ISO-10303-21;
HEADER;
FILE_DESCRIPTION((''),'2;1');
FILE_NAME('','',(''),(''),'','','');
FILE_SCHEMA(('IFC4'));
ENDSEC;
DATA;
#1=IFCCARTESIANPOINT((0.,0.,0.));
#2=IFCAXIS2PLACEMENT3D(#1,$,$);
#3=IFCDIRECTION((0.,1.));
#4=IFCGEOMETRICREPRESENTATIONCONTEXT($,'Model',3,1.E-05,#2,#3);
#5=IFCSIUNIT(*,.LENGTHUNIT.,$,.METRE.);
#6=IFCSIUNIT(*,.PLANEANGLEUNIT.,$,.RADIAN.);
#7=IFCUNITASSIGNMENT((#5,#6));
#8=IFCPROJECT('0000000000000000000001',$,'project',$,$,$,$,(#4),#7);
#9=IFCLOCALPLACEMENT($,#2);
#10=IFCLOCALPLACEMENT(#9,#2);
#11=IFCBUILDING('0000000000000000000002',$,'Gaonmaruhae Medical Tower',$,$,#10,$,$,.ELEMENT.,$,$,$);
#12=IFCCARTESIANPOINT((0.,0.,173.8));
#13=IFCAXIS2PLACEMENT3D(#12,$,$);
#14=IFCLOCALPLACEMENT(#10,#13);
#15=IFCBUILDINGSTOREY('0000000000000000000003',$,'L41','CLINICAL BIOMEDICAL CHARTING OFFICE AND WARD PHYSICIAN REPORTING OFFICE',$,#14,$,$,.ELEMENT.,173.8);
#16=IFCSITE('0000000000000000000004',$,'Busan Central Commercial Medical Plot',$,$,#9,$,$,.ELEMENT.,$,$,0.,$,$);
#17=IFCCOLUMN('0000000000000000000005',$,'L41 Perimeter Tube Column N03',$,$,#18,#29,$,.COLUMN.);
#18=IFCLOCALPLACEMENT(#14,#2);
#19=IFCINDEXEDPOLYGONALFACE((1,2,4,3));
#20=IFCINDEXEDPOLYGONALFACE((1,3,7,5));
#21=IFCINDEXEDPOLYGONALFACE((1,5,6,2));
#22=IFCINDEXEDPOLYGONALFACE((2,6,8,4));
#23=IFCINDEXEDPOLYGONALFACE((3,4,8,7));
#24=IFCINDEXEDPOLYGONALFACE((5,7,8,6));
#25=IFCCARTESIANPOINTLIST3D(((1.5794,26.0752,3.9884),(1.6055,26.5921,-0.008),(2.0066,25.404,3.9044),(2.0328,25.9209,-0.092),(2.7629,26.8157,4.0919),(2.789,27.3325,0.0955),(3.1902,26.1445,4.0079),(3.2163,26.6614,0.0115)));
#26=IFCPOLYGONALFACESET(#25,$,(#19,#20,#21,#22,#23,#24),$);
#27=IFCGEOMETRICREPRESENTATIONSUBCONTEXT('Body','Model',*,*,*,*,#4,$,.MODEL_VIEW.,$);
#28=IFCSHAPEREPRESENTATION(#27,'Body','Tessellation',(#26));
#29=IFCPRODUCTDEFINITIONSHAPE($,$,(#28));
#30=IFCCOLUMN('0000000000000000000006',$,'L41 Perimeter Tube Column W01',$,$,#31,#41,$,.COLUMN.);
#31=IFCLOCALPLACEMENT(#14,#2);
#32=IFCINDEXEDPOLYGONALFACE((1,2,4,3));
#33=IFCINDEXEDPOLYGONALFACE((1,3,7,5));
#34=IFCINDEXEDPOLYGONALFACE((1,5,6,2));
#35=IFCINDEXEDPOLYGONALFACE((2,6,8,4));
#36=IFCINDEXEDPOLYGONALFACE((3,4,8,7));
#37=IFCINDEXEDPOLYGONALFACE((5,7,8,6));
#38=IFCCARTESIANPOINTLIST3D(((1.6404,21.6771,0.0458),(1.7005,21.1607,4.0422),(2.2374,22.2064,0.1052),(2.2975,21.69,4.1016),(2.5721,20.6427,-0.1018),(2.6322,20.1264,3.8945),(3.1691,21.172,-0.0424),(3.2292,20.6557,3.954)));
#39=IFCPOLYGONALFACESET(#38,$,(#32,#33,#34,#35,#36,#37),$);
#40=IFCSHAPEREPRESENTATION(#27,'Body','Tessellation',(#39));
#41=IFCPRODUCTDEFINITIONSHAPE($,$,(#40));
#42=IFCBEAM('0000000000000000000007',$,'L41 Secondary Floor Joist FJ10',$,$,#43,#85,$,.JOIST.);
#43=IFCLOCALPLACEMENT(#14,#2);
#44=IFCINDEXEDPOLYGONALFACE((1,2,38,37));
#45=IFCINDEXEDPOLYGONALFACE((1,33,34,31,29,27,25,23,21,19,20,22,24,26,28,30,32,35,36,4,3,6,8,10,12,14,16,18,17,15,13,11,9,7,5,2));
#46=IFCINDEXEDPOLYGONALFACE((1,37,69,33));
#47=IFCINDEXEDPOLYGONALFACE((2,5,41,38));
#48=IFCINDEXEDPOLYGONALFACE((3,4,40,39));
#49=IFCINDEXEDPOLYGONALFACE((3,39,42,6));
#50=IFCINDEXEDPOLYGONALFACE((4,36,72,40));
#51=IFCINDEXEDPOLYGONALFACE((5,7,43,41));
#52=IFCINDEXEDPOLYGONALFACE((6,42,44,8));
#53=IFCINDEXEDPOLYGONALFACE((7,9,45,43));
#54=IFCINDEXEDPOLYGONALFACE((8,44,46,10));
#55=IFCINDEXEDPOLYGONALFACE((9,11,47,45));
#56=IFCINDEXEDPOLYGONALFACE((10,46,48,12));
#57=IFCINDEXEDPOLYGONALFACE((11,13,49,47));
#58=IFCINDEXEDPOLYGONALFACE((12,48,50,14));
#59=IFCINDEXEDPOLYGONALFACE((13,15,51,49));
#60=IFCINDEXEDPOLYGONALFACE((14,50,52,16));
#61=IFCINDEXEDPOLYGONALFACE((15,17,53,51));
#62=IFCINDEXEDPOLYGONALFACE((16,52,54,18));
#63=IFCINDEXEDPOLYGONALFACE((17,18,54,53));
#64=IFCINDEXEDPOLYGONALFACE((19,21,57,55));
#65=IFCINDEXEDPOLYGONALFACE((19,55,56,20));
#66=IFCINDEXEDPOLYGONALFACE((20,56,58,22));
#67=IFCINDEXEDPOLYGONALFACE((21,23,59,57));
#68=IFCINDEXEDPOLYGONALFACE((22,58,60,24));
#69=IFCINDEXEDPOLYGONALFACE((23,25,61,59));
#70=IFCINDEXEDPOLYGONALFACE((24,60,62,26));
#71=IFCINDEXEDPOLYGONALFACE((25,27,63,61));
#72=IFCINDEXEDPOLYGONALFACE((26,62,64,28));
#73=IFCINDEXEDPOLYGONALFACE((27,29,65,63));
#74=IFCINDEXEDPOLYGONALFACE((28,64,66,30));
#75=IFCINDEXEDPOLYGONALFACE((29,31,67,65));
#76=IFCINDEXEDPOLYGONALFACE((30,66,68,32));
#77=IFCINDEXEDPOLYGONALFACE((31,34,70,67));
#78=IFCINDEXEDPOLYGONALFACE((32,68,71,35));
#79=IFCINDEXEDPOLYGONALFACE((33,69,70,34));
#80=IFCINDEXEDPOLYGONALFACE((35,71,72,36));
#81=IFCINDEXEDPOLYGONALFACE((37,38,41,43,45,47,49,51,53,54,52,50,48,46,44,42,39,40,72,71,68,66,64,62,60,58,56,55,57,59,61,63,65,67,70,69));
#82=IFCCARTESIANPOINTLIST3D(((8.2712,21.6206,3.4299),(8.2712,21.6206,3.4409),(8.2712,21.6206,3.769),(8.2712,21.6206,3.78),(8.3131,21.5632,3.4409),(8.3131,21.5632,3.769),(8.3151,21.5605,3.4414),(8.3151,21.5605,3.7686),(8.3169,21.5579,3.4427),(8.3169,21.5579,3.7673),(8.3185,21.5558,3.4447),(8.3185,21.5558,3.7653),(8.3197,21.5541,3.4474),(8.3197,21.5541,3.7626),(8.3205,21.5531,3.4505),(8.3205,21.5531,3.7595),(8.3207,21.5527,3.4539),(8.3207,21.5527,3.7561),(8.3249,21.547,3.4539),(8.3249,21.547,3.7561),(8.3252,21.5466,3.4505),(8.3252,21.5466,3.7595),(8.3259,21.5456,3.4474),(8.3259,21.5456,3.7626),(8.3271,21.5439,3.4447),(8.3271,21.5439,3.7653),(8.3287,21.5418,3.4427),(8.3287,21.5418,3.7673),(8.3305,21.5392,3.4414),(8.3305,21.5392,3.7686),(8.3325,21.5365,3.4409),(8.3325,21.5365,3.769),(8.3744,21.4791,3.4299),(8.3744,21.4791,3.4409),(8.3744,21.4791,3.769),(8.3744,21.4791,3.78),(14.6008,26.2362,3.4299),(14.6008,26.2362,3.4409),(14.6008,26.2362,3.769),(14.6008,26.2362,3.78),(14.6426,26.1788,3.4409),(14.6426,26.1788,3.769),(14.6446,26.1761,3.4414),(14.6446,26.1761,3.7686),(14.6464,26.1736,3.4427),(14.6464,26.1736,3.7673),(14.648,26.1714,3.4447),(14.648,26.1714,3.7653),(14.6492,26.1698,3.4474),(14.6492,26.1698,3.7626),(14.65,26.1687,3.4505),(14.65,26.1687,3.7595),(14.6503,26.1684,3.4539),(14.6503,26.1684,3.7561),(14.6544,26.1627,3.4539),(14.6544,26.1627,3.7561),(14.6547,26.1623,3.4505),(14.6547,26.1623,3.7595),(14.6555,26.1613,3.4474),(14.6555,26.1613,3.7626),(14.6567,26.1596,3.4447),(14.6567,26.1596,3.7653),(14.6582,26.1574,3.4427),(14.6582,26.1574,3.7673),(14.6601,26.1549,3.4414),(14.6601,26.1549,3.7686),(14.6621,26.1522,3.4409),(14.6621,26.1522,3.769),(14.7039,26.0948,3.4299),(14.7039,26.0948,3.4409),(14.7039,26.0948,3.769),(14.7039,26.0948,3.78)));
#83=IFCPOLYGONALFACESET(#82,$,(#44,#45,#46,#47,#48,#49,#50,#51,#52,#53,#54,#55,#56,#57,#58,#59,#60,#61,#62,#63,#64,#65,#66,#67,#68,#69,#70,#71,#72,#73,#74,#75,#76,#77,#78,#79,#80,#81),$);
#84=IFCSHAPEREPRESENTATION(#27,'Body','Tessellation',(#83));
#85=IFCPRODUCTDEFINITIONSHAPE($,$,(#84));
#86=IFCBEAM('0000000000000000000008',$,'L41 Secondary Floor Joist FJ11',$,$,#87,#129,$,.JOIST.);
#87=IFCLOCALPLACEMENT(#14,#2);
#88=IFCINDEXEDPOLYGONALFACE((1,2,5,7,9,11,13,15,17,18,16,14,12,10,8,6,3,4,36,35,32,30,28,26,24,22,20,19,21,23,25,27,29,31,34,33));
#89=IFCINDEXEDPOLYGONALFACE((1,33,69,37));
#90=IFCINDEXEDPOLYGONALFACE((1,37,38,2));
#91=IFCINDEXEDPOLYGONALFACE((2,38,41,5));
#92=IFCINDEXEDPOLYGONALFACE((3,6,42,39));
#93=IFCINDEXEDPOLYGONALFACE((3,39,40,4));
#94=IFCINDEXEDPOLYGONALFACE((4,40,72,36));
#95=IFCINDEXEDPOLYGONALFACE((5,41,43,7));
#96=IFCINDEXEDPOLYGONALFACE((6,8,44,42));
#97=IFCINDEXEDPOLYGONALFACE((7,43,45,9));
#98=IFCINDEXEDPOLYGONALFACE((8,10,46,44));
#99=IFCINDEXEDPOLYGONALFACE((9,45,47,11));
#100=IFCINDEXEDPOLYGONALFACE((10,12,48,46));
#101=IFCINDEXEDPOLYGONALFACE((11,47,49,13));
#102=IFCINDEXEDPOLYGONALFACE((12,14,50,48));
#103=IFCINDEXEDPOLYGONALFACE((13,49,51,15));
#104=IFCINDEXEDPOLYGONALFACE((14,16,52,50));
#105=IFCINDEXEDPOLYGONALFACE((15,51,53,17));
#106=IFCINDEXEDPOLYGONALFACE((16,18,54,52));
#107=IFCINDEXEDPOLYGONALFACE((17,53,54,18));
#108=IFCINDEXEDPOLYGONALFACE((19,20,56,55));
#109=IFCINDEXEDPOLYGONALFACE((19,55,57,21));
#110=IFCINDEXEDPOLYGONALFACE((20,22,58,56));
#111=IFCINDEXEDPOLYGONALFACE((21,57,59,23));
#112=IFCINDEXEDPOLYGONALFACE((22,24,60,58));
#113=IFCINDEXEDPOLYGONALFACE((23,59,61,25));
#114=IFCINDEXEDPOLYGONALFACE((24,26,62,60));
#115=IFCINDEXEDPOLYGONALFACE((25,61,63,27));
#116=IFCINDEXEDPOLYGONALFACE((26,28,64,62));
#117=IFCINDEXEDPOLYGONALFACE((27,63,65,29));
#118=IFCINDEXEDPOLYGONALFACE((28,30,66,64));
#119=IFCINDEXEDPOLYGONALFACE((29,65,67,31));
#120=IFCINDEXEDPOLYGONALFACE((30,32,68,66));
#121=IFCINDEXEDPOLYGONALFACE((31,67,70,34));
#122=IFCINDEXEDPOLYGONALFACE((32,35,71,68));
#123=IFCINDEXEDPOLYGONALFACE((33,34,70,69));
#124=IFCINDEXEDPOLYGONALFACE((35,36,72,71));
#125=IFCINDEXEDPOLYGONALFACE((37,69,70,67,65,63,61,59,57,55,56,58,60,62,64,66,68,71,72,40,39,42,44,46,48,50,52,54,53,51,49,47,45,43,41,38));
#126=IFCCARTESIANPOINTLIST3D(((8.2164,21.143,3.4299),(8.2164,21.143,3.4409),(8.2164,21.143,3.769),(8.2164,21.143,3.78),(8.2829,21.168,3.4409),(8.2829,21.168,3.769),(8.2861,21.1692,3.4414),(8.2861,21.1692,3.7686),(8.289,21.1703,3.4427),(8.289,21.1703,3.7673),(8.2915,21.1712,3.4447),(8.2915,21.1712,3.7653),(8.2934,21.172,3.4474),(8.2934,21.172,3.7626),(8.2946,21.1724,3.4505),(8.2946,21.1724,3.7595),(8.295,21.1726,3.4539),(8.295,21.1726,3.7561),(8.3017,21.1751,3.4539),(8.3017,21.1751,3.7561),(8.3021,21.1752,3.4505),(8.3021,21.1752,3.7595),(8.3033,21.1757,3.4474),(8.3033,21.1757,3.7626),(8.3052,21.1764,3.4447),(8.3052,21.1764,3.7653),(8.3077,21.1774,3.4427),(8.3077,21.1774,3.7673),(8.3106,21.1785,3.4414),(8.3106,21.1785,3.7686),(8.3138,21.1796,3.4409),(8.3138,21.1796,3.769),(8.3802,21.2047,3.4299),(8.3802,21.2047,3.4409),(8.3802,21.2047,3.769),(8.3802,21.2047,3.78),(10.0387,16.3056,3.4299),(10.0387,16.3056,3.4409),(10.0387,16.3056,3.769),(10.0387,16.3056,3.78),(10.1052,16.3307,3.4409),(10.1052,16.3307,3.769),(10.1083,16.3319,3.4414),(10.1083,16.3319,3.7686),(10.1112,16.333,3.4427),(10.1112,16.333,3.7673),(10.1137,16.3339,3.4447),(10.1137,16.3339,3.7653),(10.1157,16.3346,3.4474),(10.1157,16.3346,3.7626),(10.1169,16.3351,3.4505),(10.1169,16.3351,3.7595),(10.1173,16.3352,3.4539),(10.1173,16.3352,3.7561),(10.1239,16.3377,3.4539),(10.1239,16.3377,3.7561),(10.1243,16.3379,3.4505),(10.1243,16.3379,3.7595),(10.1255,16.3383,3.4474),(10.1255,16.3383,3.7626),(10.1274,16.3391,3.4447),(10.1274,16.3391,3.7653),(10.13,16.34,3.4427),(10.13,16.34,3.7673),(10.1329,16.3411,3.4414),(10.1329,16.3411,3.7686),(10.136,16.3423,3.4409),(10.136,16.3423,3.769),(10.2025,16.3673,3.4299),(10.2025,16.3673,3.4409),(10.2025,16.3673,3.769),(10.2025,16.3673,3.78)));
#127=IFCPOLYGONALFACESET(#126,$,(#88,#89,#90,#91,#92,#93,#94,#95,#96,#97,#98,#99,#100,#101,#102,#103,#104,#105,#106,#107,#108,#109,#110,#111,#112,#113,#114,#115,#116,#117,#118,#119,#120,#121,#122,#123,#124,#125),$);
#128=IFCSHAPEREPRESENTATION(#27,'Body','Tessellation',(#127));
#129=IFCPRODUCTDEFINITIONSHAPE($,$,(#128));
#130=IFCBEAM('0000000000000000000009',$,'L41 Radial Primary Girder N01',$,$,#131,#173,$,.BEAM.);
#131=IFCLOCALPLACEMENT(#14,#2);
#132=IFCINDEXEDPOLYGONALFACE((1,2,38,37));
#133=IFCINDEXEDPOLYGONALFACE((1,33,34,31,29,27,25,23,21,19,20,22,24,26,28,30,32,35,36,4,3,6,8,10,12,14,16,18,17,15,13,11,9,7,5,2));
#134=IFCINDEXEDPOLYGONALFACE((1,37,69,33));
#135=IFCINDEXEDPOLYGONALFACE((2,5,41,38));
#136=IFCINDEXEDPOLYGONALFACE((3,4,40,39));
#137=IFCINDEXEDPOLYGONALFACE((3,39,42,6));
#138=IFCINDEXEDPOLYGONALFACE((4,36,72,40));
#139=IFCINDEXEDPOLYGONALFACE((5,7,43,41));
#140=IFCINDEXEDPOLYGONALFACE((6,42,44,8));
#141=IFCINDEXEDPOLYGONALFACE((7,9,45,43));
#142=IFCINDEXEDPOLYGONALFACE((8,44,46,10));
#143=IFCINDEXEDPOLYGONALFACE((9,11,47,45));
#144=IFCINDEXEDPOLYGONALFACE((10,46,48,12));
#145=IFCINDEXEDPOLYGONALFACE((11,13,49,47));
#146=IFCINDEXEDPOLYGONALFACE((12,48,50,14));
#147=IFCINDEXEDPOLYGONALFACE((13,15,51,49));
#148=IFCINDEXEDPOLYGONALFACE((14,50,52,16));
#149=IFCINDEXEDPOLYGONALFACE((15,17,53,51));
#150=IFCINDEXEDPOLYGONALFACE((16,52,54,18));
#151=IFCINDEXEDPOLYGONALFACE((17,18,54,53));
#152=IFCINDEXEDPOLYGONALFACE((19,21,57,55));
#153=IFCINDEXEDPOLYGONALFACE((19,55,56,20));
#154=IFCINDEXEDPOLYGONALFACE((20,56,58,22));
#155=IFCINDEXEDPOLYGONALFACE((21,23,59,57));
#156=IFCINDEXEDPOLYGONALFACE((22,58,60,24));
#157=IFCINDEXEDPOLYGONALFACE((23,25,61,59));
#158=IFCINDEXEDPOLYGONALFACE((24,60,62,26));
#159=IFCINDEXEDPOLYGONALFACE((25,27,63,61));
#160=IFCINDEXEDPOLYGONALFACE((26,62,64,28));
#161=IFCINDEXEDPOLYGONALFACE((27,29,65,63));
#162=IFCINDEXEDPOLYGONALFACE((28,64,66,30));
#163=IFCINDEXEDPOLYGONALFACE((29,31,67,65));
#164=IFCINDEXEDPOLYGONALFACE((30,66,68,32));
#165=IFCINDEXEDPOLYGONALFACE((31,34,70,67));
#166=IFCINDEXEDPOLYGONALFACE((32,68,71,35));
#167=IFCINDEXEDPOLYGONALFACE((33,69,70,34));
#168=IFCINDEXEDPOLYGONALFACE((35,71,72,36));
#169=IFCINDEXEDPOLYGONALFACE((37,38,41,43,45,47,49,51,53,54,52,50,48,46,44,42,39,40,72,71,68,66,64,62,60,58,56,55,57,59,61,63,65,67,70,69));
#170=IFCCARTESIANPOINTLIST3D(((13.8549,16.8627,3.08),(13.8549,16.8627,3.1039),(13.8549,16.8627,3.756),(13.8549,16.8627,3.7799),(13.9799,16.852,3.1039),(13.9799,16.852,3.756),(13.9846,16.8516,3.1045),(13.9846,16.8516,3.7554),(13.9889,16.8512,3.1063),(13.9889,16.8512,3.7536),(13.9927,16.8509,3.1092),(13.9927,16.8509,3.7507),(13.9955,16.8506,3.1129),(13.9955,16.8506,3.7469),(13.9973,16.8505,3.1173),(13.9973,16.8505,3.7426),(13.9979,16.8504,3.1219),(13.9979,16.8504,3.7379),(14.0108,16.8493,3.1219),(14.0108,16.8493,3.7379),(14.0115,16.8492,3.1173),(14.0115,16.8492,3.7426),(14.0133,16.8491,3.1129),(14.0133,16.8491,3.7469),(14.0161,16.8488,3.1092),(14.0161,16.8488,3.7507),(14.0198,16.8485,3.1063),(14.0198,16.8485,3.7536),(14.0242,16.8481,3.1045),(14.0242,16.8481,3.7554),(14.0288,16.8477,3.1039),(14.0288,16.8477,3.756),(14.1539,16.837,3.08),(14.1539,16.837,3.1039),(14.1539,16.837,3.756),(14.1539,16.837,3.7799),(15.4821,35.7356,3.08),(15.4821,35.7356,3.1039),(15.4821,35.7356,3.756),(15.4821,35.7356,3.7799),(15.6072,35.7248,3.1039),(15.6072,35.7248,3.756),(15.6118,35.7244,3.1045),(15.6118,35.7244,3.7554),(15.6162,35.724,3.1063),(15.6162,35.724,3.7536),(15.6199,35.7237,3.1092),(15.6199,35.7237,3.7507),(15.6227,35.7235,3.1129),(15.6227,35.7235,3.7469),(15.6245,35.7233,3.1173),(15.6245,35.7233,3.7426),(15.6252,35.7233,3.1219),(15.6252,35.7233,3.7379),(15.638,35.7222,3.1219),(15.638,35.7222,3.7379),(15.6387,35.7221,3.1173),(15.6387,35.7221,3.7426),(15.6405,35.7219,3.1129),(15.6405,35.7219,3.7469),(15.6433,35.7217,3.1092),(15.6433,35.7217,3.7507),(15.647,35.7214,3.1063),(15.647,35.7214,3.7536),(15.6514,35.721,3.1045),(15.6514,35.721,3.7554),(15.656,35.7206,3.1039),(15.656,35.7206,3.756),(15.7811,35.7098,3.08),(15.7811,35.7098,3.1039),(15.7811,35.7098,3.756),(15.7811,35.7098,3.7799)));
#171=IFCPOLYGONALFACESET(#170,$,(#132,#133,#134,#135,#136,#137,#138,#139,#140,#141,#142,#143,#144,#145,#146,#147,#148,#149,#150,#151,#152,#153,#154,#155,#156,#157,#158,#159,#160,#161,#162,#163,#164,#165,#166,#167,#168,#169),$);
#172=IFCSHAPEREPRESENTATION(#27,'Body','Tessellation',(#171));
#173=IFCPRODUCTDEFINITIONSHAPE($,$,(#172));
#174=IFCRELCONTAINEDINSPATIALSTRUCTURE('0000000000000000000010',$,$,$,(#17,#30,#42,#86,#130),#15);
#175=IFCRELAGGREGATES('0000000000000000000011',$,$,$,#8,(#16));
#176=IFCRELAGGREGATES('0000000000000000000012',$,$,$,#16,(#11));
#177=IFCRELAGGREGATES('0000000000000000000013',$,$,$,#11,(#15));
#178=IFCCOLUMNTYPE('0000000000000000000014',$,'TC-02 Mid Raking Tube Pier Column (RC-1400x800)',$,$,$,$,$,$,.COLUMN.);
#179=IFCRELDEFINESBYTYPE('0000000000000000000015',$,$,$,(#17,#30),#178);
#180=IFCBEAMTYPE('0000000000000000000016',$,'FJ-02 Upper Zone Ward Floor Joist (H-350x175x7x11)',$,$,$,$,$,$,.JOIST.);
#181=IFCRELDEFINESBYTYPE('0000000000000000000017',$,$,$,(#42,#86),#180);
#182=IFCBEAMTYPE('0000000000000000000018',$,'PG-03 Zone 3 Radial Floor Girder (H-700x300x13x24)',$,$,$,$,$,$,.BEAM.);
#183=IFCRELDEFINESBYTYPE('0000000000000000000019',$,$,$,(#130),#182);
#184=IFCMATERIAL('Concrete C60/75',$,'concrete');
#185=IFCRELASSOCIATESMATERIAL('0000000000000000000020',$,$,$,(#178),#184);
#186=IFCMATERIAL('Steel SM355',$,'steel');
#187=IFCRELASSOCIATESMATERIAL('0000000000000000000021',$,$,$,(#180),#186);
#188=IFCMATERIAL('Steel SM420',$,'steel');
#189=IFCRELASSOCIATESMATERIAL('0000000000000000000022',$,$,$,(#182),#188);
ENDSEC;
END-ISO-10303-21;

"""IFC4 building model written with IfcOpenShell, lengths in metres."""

from ifc_helpers import new_model, si_unit, direction, frame, origin, origin_2d, place, context, subcontext, project, spatial, rectangle, i_section, extrude, material, material_profile, profile_set, type_object, element, save


model = new_model("IFC4")

# Units and contexts
model_context = context("Model", 3, precision=1e-05, world=origin(), true_north=direction((0.0, 1.0)))
body_context = subcontext(model_context, "Body", "Model", "MODEL_VIEW")
ifc_project = project(units=[si_unit("LENGTHUNIT", "METRE"), si_unit("PLANEANGLEUNIT", "RADIAN")], contexts=[model_context])

# Site, building, storey
site_placement = place(None, origin())
site = spatial("IfcSite", under=ifc_project, at=site_placement, Name="Busan Central Commercial Medical Plot", CompositionType="ELEMENT", RefElevation=0.0)
building_placement = place(site_placement, origin())
building = spatial("IfcBuilding", under=site, at=building_placement, Name="Gaonmaruhae Medical Tower", CompositionType="ELEMENT")
storey_placement = place(building_placement, frame((0.0, 0.0, 173.8)))
storey = spatial("IfcBuildingStorey", under=building, at=storey_placement, Name="L41", Description="CLINICAL BIOMEDICAL CHARTING OFFICE AND WARD PHYSICIAN REPORTING OFFICE", CompositionType="ELEMENT", Elevation=173.8)

# Columns
ifc_material_1 = material(Name="Concrete C60/75", Category="concrete")
ifc_material_profile_1 = material_profile(ifc_material_1, rectangle(XDim=1.3999, YDim=0.8, at=origin_2d()), Name="RC-1400x800")
ifc_profile_set_1 = profile_set([ifc_material_profile_1], Name="Concrete C60/75")
column_type = type_object("IfcColumnType", Name="TC-02 Mid Raking Tube Pier Column (RC-1400x800)", PredefinedType="COLUMN", material=ifc_profile_set_1)
column_1_placement = place(storey_placement, frame((2.4109, 26.6267, 0.0017), z_axis=(-0.006483, -0.128259, 0.99172), x_axis=(0.845426, 0.52895, 0.073935)))
element("IfcColumn", 1, at=column_1_placement, inside=storey, type_object=column_type, Name="L41 Perimeter Tube Column N03", PredefinedType="COLUMN", context=body_context, shape_type="SweptSolid", body=[
    extrude(rectangle(XDim=1.3999, YDim=0.8, at=origin_2d()), origin(), (0.0, 0.0, 1.0), 4.0298),
])
column_2_placement = place(storey_placement, frame((2.4048, 21.4246, 0.0017), z_axis=(0.014903, -0.128128, 0.991646), x_axis=(-0.66554, 0.738873, 0.10547)))
element("IfcColumn", 2, at=column_2_placement, inside=storey, type_object=column_type, Name="L41 Perimeter Tube Column W01", PredefinedType="COLUMN", context=body_context, shape_type="SweptSolid", body=[
    extrude(rectangle(XDim=1.3999, YDim=0.8, at=origin_2d()), origin(), (0.0, 0.0, 1.0), 4.03),
])

# Beams
ifc_material_2 = material(Name="Steel SM355", Category="steel")
ifc_material_profile_2 = material_profile(ifc_material_2, i_section(OverallWidth=0.175, OverallDepth=0.3501, WebThickness=0.0071, FlangeThickness=0.011, FilletRadius=0.0129, at=origin_2d()), Name="H-350x175x7x11")
ifc_profile_set_2 = profile_set([ifc_material_profile_2], Name="Steel SM355")
beam_type_1 = type_object("IfcBeamType", Name="FJ-02 Upper Zone Ward Floor Joist (H-350x175x7x11)", PredefinedType="JOIST", material=ifc_profile_set_2)
beam_1_placement = place(storey_placement, frame((14.6523, 26.1655, 3.605), z_axis=(-0.807983, -0.589205, 0.0), x_axis=(0.589205, -0.807983, 0.0)))
element("IfcBeam", 3, at=beam_1_placement, inside=storey, type_object=beam_type_1, Name="L41 Secondary Floor Joist FJ10", PredefinedType="JOIST", context=body_context, shape_type="SweptSolid", body=[
    extrude(i_section(OverallWidth=0.175, OverallDepth=0.3501, WebThickness=0.0071, FlangeThickness=0.011, FilletRadius=0.0129, at=origin_2d()), origin(), (0.0, 0.0, 1.0), 7.8337),
])
beam_2_placement = place(storey_placement, frame((8.2983, 21.1738, 3.605), z_axis=(0.352521, -0.935804, 0.0), x_axis=(0.935804, 0.352521, 0.0)))
element("IfcBeam", 4, at=beam_2_placement, inside=storey, type_object=beam_type_1, Name="L41 Secondary Floor Joist FJ11", PredefinedType="JOIST", context=body_context, shape_type="SweptSolid", body=[
    extrude(i_section(OverallWidth=0.175, OverallDepth=0.3501, WebThickness=0.0071, FlangeThickness=0.011, FilletRadius=0.0129, at=origin_2d()), origin(), (0.0, 0.0, 1.0), 5.1692),
])
ifc_material_3 = material(Name="Steel SM420", Category="steel")
ifc_material_profile_3 = material_profile(ifc_material_3, i_section(OverallWidth=0.3, OverallDepth=0.7, WebThickness=0.0129, FlangeThickness=0.0239, FilletRadius=0.0181, at=origin_2d()), Name="H-700x300x13x24")
ifc_profile_set_3 = profile_set([ifc_material_profile_3], Name="Steel SM420")
beam_type_2 = type_object("IfcBeamType", Name="PG-03 Zone 3 Radial Floor Girder (H-700x300x13x24)", PredefinedType="BEAM", material=ifc_profile_set_3)
beam_3_placement = place(storey_placement, frame((14.0044, 16.8499, 3.4299), z_axis=(0.0859, 0.996304, 0.0), x_axis=(-0.996304, 0.0859, 0.0)))
element("IfcBeam", 5, at=beam_3_placement, inside=storey, type_object=beam_type_2, Name="L41 Radial Primary Girder N01", PredefinedType="BEAM", context=body_context, shape_type="SweptSolid", body=[
    extrude(i_section(OverallWidth=0.3, OverallDepth=0.7, WebThickness=0.0129, FlangeThickness=0.0239, FilletRadius=0.0181, at=origin_2d()), origin(), (0.0, 0.0, 1.0), 18.9429),
])

save(model, "model.ifc")
